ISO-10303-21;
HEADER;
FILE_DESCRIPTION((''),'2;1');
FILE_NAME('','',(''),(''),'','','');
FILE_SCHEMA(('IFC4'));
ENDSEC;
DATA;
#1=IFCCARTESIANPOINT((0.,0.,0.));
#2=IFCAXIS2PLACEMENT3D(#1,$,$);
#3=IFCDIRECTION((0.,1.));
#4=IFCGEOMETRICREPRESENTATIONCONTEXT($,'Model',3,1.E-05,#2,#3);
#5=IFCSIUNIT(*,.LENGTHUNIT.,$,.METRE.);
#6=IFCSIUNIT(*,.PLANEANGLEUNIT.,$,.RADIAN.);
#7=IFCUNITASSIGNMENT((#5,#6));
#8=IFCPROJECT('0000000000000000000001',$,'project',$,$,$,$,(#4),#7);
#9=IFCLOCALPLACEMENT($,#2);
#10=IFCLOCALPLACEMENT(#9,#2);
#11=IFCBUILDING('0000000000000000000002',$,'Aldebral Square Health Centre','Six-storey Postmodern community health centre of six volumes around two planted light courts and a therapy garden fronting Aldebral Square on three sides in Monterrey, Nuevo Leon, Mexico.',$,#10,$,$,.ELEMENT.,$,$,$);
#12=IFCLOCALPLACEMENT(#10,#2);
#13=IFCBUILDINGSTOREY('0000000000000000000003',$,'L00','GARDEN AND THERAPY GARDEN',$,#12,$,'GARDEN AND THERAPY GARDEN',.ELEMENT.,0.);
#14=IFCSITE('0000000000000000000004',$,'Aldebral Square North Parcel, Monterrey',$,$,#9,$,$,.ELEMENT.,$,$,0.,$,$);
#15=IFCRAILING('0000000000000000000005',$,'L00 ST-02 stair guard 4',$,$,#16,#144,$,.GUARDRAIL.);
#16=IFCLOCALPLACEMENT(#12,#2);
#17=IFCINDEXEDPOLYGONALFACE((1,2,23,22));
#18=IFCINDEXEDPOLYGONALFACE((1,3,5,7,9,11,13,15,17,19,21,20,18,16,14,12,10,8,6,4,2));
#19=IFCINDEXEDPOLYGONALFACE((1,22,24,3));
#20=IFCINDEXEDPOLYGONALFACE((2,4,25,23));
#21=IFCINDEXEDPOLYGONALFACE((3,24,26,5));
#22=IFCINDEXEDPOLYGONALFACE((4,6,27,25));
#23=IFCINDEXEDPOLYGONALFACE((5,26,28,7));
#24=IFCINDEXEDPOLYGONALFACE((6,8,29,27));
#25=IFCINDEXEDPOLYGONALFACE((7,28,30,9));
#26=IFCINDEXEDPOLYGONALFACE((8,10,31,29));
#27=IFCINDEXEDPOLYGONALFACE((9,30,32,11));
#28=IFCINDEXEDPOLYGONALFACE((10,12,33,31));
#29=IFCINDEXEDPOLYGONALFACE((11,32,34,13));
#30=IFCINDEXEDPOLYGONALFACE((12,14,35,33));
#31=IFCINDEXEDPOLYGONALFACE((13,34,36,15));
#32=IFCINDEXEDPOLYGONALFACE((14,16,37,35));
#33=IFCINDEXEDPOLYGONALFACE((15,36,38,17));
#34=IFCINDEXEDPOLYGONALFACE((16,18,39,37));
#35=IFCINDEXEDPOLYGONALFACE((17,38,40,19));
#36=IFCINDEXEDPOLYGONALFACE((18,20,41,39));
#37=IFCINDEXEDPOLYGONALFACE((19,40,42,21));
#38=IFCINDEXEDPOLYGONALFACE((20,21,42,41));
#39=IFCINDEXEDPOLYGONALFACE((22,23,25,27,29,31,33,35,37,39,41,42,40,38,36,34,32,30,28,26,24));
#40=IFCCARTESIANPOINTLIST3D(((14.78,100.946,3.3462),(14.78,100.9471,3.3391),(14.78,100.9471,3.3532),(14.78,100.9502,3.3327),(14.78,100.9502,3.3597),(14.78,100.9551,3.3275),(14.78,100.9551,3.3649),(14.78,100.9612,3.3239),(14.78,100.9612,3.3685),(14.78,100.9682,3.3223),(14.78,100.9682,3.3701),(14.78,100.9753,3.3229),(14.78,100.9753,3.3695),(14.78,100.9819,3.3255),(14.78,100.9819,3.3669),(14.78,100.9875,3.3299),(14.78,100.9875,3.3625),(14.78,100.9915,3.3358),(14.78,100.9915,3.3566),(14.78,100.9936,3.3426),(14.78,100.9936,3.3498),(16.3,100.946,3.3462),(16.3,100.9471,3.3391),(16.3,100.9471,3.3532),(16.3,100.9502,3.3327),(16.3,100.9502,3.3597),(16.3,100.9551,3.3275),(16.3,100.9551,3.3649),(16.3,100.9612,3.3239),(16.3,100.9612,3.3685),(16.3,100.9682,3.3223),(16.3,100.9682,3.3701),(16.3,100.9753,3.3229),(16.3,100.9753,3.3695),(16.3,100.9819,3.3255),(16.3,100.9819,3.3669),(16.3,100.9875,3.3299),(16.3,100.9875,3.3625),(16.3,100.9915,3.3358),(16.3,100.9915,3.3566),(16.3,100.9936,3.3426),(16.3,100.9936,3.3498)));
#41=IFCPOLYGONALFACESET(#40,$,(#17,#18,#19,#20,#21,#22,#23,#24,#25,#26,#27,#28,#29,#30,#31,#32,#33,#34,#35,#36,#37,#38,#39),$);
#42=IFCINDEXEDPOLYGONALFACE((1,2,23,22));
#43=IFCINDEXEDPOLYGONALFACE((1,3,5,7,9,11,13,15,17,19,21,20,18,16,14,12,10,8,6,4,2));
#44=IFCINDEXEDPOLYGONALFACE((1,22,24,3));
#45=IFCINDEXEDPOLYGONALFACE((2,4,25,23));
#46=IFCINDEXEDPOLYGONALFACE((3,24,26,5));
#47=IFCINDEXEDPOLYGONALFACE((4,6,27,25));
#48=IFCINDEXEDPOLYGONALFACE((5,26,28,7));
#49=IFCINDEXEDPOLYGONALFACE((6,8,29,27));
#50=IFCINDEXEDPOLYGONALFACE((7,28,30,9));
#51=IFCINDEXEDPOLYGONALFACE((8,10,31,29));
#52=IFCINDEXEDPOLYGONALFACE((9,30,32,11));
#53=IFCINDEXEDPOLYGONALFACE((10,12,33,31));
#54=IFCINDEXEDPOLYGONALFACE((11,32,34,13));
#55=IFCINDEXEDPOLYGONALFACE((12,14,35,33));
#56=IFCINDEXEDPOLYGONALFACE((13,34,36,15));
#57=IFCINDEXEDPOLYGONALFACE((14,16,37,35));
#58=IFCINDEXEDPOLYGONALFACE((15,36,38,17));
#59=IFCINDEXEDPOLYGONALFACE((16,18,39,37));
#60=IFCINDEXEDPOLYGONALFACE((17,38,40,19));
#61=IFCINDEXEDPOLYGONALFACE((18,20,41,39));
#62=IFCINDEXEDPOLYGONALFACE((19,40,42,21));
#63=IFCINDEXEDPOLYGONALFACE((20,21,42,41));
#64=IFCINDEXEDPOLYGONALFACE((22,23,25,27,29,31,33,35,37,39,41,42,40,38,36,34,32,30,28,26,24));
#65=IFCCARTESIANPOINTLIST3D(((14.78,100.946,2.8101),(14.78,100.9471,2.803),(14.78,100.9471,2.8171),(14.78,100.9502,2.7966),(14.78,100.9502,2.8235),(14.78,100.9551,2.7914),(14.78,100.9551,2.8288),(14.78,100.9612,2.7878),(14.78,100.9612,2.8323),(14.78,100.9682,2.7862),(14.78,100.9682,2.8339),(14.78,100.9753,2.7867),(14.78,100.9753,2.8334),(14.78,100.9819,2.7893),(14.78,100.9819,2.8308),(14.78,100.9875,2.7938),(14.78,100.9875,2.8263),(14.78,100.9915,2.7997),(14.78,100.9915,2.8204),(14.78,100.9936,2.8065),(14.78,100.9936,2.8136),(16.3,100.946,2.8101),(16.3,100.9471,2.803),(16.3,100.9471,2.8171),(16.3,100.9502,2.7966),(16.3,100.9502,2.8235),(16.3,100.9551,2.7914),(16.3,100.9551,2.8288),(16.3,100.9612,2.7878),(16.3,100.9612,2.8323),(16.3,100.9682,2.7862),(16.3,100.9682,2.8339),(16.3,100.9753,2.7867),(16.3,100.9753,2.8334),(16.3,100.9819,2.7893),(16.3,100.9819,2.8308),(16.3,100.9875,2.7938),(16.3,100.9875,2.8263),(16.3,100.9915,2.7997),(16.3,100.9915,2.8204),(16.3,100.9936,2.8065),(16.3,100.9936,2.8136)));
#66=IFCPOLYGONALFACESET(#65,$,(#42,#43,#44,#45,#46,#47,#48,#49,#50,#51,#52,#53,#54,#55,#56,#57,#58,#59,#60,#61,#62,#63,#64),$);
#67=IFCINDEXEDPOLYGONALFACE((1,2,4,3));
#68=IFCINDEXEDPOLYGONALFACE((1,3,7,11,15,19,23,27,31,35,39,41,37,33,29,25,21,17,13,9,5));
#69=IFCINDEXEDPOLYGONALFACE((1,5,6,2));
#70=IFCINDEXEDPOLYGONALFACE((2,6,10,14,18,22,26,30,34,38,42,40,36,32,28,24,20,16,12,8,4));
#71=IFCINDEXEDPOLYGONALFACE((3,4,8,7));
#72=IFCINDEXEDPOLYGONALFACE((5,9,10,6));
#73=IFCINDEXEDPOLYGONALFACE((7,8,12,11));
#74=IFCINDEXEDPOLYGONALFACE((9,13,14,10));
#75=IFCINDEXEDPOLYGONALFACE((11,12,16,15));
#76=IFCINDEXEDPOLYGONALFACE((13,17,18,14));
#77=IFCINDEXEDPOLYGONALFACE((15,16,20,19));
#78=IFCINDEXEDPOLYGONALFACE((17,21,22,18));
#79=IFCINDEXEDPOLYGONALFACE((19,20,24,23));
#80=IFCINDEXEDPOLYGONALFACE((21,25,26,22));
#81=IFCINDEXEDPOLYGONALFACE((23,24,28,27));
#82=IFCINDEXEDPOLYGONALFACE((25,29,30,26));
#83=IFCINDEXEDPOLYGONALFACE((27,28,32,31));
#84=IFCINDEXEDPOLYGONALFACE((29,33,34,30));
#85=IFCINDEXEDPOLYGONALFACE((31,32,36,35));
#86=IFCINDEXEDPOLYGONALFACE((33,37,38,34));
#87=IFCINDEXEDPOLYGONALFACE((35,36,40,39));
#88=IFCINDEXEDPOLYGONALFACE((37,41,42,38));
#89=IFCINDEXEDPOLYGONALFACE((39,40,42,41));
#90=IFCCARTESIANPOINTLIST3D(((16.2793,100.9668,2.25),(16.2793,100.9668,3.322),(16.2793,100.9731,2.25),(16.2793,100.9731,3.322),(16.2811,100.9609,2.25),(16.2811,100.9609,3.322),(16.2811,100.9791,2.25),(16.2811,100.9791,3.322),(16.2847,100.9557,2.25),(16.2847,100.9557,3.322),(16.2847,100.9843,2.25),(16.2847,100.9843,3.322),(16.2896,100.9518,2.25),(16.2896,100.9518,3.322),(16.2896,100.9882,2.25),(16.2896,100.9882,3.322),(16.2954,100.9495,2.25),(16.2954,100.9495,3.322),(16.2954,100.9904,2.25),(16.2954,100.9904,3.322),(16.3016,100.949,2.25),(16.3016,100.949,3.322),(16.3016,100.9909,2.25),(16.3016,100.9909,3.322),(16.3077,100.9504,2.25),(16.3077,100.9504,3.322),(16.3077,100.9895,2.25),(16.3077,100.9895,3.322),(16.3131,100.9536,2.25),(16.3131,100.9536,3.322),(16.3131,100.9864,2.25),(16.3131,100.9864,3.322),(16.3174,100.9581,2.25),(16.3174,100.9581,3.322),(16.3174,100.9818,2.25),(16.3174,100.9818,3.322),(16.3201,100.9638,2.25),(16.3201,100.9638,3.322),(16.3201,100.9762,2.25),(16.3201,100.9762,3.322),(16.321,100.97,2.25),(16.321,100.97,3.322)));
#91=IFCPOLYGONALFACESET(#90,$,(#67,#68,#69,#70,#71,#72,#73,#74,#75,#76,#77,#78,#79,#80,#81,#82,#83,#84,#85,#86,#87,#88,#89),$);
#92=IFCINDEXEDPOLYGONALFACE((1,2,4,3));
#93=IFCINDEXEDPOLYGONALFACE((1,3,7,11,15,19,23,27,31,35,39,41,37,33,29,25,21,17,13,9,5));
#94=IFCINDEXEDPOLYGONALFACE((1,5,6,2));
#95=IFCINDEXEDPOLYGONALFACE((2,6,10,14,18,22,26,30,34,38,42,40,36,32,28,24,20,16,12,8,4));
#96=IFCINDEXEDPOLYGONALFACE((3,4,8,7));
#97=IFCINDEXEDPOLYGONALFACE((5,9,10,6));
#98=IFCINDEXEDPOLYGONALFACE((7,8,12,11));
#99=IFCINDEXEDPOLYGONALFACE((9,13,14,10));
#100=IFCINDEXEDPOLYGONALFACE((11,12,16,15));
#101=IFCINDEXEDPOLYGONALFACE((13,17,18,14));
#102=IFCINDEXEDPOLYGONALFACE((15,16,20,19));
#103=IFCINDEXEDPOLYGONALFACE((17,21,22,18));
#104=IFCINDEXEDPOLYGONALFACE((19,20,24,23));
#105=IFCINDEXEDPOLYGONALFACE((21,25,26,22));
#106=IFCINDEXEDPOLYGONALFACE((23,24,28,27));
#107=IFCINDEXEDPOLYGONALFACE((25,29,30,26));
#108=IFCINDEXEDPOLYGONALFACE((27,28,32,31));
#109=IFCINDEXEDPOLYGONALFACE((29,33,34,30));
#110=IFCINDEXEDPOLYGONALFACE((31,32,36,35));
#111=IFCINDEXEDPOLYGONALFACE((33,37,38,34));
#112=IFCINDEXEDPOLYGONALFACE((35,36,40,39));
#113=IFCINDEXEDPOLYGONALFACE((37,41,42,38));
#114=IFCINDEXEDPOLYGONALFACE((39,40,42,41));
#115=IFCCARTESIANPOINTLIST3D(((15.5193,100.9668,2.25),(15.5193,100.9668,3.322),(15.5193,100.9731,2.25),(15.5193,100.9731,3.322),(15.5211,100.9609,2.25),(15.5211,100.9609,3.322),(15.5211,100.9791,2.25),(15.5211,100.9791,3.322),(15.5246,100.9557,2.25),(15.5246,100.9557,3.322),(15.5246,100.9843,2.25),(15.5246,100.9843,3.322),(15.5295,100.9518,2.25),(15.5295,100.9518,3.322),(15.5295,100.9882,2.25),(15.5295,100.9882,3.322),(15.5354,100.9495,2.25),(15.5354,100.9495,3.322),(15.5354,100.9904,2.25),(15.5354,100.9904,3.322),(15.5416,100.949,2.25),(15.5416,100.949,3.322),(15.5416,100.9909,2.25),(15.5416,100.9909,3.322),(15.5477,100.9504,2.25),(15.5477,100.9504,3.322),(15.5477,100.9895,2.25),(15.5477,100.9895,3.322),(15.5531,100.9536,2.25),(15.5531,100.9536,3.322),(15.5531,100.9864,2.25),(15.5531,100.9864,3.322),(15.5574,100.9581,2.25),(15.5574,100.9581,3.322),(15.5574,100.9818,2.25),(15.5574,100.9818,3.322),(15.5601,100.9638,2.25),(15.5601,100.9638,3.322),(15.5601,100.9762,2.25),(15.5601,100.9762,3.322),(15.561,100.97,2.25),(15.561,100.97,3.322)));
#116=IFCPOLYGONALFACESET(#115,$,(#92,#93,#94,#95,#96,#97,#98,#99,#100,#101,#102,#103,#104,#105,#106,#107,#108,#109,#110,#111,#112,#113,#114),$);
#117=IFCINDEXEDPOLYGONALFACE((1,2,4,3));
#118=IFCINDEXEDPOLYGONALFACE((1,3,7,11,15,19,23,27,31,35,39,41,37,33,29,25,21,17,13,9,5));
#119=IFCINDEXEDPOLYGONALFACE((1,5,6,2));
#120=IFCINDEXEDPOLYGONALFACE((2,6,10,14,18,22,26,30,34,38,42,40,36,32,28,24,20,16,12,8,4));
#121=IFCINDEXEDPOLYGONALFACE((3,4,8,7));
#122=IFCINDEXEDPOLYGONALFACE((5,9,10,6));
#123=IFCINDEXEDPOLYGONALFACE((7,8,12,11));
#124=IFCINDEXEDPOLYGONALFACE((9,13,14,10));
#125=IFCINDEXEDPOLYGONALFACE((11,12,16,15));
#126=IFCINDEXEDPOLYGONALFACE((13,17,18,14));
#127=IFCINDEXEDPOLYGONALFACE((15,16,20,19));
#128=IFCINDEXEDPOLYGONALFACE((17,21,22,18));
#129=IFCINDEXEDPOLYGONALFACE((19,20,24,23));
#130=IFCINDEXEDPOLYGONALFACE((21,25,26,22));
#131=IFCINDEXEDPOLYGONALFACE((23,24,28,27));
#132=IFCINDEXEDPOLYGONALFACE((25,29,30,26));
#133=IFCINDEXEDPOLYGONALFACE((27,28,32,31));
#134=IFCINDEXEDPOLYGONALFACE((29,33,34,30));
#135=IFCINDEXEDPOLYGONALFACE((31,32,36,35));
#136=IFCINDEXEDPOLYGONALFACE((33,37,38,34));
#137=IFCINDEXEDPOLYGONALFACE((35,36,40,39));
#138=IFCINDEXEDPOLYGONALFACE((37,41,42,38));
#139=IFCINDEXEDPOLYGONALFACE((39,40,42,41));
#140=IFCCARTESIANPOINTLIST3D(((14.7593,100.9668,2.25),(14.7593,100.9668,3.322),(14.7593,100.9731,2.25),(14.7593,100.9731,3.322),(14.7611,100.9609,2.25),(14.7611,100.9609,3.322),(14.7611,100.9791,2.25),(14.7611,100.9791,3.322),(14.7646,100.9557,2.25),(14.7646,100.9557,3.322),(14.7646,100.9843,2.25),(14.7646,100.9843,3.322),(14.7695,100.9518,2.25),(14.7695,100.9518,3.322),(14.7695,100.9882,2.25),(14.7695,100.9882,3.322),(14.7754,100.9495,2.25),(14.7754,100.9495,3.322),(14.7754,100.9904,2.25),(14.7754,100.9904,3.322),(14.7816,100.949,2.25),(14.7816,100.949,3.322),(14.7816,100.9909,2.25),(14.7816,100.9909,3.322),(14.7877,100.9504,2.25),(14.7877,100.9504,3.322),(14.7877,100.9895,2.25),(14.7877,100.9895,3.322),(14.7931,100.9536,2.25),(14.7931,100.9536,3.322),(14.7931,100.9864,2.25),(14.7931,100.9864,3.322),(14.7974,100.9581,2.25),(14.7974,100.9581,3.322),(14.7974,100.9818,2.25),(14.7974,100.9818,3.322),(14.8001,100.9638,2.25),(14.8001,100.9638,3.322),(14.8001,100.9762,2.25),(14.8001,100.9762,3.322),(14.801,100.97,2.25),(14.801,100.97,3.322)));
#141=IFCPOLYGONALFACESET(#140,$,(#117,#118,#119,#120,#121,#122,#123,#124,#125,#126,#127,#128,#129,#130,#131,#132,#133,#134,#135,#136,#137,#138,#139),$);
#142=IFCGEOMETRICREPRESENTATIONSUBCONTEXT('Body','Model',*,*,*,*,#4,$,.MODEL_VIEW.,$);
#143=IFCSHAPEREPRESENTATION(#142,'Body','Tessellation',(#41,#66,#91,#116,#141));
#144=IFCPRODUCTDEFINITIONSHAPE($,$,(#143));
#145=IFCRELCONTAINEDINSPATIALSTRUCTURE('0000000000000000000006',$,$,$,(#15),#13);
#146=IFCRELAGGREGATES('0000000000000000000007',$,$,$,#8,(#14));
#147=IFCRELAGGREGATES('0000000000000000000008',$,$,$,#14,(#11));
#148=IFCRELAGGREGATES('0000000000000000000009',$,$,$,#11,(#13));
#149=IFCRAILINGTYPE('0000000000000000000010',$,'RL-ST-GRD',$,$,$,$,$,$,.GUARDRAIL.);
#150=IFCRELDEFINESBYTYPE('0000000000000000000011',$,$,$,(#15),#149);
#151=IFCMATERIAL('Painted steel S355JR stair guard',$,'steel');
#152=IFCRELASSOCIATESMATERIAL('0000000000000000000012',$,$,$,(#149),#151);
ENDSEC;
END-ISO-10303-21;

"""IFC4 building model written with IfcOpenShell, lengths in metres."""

from ifc_helpers import new_model, si_unit, direction, frame, origin, origin_2d, place, context, subcontext, project, spatial, circle, extrude, material, type_object, element, save


model = new_model("IFC4")

# Units and contexts
model_context = context("Model", 3, precision=1e-05, world=origin(), true_north=direction((0.0, 1.0)))
body_context = subcontext(model_context, "Body", "Model", "MODEL_VIEW")
ifc_project = project(units=[si_unit("LENGTHUNIT", "METRE"), si_unit("PLANEANGLEUNIT", "RADIAN")], contexts=[model_context])

# Site, building, storey
site_placement = place(None, origin())
site = spatial("IfcSite", under=ifc_project, at=site_placement, Name="Aldebral Square North Parcel, Monterrey", CompositionType="ELEMENT", RefElevation=0.0)
building_placement = place(site_placement, origin())
building = spatial("IfcBuilding", under=site, at=building_placement, Name="Aldebral Square Health Centre", Description="Six-storey Postmodern community health centre of six volumes around two planted light courts and a therapy garden fronting Aldebral Square on three sides in Monterrey, Nuevo Leon, Mexico.", CompositionType="ELEMENT")
storey_placement = place(building_placement, origin())
storey = spatial("IfcBuildingStorey", under=building, at=storey_placement, Name="L00", Description="GARDEN AND THERAPY GARDEN", LongName="GARDEN AND THERAPY GARDEN", CompositionType="ELEMENT", Elevation=0.0)

# Railing
ifc_material_1 = material(Name="Painted steel S355JR stair guard", Category="steel")
railing_type_1 = type_object("IfcRailingType", Name="RL-ST-GRD", PredefinedType="GUARDRAIL", material=ifc_material_1)
railing_1_placement = place(storey_placement, frame((16.3, 100.97, 2.25)))
element("IfcRailing", 1, at=railing_1_placement, inside=storey, type_object=railing_type_1, Name="L00 ST-02 stair guard 4", PredefinedType="GUARDRAIL", context=body_context, shape_type="SweptSolid", body=[
    extrude(circle(Radius=0.0239, at=origin_2d()), frame((0.0, 0.0, 1.0962), z_axis=(-1.0, 0.0, 0.0), x_axis=(0.0, -1.0, 0.0)), (0.0, 0.0, 1.0), 1.52),
    extrude(circle(Radius=0.0239, at=origin_2d()), frame((0.0, 0.0, 0.5601), z_axis=(-1.0, 0.0, 0.0), x_axis=(0.0, -1.0, 0.0)), (0.0, 0.0, 1.0), 1.52),
    extrude(circle(Radius=0.021, at=origin_2d()), origin(), (0.0, 0.0, 1.0), 1.072),
    extrude(circle(Radius=0.021, at=origin_2d()), frame((-0.76, 0.0, 0.0)), (0.0, 0.0, 1.0), 1.072),
    extrude(circle(Radius=0.021, at=origin_2d()), frame((-1.52, 0.0, 0.0)), (0.0, 0.0, 1.0), 1.072),
])

save(model, "model.ifc")
